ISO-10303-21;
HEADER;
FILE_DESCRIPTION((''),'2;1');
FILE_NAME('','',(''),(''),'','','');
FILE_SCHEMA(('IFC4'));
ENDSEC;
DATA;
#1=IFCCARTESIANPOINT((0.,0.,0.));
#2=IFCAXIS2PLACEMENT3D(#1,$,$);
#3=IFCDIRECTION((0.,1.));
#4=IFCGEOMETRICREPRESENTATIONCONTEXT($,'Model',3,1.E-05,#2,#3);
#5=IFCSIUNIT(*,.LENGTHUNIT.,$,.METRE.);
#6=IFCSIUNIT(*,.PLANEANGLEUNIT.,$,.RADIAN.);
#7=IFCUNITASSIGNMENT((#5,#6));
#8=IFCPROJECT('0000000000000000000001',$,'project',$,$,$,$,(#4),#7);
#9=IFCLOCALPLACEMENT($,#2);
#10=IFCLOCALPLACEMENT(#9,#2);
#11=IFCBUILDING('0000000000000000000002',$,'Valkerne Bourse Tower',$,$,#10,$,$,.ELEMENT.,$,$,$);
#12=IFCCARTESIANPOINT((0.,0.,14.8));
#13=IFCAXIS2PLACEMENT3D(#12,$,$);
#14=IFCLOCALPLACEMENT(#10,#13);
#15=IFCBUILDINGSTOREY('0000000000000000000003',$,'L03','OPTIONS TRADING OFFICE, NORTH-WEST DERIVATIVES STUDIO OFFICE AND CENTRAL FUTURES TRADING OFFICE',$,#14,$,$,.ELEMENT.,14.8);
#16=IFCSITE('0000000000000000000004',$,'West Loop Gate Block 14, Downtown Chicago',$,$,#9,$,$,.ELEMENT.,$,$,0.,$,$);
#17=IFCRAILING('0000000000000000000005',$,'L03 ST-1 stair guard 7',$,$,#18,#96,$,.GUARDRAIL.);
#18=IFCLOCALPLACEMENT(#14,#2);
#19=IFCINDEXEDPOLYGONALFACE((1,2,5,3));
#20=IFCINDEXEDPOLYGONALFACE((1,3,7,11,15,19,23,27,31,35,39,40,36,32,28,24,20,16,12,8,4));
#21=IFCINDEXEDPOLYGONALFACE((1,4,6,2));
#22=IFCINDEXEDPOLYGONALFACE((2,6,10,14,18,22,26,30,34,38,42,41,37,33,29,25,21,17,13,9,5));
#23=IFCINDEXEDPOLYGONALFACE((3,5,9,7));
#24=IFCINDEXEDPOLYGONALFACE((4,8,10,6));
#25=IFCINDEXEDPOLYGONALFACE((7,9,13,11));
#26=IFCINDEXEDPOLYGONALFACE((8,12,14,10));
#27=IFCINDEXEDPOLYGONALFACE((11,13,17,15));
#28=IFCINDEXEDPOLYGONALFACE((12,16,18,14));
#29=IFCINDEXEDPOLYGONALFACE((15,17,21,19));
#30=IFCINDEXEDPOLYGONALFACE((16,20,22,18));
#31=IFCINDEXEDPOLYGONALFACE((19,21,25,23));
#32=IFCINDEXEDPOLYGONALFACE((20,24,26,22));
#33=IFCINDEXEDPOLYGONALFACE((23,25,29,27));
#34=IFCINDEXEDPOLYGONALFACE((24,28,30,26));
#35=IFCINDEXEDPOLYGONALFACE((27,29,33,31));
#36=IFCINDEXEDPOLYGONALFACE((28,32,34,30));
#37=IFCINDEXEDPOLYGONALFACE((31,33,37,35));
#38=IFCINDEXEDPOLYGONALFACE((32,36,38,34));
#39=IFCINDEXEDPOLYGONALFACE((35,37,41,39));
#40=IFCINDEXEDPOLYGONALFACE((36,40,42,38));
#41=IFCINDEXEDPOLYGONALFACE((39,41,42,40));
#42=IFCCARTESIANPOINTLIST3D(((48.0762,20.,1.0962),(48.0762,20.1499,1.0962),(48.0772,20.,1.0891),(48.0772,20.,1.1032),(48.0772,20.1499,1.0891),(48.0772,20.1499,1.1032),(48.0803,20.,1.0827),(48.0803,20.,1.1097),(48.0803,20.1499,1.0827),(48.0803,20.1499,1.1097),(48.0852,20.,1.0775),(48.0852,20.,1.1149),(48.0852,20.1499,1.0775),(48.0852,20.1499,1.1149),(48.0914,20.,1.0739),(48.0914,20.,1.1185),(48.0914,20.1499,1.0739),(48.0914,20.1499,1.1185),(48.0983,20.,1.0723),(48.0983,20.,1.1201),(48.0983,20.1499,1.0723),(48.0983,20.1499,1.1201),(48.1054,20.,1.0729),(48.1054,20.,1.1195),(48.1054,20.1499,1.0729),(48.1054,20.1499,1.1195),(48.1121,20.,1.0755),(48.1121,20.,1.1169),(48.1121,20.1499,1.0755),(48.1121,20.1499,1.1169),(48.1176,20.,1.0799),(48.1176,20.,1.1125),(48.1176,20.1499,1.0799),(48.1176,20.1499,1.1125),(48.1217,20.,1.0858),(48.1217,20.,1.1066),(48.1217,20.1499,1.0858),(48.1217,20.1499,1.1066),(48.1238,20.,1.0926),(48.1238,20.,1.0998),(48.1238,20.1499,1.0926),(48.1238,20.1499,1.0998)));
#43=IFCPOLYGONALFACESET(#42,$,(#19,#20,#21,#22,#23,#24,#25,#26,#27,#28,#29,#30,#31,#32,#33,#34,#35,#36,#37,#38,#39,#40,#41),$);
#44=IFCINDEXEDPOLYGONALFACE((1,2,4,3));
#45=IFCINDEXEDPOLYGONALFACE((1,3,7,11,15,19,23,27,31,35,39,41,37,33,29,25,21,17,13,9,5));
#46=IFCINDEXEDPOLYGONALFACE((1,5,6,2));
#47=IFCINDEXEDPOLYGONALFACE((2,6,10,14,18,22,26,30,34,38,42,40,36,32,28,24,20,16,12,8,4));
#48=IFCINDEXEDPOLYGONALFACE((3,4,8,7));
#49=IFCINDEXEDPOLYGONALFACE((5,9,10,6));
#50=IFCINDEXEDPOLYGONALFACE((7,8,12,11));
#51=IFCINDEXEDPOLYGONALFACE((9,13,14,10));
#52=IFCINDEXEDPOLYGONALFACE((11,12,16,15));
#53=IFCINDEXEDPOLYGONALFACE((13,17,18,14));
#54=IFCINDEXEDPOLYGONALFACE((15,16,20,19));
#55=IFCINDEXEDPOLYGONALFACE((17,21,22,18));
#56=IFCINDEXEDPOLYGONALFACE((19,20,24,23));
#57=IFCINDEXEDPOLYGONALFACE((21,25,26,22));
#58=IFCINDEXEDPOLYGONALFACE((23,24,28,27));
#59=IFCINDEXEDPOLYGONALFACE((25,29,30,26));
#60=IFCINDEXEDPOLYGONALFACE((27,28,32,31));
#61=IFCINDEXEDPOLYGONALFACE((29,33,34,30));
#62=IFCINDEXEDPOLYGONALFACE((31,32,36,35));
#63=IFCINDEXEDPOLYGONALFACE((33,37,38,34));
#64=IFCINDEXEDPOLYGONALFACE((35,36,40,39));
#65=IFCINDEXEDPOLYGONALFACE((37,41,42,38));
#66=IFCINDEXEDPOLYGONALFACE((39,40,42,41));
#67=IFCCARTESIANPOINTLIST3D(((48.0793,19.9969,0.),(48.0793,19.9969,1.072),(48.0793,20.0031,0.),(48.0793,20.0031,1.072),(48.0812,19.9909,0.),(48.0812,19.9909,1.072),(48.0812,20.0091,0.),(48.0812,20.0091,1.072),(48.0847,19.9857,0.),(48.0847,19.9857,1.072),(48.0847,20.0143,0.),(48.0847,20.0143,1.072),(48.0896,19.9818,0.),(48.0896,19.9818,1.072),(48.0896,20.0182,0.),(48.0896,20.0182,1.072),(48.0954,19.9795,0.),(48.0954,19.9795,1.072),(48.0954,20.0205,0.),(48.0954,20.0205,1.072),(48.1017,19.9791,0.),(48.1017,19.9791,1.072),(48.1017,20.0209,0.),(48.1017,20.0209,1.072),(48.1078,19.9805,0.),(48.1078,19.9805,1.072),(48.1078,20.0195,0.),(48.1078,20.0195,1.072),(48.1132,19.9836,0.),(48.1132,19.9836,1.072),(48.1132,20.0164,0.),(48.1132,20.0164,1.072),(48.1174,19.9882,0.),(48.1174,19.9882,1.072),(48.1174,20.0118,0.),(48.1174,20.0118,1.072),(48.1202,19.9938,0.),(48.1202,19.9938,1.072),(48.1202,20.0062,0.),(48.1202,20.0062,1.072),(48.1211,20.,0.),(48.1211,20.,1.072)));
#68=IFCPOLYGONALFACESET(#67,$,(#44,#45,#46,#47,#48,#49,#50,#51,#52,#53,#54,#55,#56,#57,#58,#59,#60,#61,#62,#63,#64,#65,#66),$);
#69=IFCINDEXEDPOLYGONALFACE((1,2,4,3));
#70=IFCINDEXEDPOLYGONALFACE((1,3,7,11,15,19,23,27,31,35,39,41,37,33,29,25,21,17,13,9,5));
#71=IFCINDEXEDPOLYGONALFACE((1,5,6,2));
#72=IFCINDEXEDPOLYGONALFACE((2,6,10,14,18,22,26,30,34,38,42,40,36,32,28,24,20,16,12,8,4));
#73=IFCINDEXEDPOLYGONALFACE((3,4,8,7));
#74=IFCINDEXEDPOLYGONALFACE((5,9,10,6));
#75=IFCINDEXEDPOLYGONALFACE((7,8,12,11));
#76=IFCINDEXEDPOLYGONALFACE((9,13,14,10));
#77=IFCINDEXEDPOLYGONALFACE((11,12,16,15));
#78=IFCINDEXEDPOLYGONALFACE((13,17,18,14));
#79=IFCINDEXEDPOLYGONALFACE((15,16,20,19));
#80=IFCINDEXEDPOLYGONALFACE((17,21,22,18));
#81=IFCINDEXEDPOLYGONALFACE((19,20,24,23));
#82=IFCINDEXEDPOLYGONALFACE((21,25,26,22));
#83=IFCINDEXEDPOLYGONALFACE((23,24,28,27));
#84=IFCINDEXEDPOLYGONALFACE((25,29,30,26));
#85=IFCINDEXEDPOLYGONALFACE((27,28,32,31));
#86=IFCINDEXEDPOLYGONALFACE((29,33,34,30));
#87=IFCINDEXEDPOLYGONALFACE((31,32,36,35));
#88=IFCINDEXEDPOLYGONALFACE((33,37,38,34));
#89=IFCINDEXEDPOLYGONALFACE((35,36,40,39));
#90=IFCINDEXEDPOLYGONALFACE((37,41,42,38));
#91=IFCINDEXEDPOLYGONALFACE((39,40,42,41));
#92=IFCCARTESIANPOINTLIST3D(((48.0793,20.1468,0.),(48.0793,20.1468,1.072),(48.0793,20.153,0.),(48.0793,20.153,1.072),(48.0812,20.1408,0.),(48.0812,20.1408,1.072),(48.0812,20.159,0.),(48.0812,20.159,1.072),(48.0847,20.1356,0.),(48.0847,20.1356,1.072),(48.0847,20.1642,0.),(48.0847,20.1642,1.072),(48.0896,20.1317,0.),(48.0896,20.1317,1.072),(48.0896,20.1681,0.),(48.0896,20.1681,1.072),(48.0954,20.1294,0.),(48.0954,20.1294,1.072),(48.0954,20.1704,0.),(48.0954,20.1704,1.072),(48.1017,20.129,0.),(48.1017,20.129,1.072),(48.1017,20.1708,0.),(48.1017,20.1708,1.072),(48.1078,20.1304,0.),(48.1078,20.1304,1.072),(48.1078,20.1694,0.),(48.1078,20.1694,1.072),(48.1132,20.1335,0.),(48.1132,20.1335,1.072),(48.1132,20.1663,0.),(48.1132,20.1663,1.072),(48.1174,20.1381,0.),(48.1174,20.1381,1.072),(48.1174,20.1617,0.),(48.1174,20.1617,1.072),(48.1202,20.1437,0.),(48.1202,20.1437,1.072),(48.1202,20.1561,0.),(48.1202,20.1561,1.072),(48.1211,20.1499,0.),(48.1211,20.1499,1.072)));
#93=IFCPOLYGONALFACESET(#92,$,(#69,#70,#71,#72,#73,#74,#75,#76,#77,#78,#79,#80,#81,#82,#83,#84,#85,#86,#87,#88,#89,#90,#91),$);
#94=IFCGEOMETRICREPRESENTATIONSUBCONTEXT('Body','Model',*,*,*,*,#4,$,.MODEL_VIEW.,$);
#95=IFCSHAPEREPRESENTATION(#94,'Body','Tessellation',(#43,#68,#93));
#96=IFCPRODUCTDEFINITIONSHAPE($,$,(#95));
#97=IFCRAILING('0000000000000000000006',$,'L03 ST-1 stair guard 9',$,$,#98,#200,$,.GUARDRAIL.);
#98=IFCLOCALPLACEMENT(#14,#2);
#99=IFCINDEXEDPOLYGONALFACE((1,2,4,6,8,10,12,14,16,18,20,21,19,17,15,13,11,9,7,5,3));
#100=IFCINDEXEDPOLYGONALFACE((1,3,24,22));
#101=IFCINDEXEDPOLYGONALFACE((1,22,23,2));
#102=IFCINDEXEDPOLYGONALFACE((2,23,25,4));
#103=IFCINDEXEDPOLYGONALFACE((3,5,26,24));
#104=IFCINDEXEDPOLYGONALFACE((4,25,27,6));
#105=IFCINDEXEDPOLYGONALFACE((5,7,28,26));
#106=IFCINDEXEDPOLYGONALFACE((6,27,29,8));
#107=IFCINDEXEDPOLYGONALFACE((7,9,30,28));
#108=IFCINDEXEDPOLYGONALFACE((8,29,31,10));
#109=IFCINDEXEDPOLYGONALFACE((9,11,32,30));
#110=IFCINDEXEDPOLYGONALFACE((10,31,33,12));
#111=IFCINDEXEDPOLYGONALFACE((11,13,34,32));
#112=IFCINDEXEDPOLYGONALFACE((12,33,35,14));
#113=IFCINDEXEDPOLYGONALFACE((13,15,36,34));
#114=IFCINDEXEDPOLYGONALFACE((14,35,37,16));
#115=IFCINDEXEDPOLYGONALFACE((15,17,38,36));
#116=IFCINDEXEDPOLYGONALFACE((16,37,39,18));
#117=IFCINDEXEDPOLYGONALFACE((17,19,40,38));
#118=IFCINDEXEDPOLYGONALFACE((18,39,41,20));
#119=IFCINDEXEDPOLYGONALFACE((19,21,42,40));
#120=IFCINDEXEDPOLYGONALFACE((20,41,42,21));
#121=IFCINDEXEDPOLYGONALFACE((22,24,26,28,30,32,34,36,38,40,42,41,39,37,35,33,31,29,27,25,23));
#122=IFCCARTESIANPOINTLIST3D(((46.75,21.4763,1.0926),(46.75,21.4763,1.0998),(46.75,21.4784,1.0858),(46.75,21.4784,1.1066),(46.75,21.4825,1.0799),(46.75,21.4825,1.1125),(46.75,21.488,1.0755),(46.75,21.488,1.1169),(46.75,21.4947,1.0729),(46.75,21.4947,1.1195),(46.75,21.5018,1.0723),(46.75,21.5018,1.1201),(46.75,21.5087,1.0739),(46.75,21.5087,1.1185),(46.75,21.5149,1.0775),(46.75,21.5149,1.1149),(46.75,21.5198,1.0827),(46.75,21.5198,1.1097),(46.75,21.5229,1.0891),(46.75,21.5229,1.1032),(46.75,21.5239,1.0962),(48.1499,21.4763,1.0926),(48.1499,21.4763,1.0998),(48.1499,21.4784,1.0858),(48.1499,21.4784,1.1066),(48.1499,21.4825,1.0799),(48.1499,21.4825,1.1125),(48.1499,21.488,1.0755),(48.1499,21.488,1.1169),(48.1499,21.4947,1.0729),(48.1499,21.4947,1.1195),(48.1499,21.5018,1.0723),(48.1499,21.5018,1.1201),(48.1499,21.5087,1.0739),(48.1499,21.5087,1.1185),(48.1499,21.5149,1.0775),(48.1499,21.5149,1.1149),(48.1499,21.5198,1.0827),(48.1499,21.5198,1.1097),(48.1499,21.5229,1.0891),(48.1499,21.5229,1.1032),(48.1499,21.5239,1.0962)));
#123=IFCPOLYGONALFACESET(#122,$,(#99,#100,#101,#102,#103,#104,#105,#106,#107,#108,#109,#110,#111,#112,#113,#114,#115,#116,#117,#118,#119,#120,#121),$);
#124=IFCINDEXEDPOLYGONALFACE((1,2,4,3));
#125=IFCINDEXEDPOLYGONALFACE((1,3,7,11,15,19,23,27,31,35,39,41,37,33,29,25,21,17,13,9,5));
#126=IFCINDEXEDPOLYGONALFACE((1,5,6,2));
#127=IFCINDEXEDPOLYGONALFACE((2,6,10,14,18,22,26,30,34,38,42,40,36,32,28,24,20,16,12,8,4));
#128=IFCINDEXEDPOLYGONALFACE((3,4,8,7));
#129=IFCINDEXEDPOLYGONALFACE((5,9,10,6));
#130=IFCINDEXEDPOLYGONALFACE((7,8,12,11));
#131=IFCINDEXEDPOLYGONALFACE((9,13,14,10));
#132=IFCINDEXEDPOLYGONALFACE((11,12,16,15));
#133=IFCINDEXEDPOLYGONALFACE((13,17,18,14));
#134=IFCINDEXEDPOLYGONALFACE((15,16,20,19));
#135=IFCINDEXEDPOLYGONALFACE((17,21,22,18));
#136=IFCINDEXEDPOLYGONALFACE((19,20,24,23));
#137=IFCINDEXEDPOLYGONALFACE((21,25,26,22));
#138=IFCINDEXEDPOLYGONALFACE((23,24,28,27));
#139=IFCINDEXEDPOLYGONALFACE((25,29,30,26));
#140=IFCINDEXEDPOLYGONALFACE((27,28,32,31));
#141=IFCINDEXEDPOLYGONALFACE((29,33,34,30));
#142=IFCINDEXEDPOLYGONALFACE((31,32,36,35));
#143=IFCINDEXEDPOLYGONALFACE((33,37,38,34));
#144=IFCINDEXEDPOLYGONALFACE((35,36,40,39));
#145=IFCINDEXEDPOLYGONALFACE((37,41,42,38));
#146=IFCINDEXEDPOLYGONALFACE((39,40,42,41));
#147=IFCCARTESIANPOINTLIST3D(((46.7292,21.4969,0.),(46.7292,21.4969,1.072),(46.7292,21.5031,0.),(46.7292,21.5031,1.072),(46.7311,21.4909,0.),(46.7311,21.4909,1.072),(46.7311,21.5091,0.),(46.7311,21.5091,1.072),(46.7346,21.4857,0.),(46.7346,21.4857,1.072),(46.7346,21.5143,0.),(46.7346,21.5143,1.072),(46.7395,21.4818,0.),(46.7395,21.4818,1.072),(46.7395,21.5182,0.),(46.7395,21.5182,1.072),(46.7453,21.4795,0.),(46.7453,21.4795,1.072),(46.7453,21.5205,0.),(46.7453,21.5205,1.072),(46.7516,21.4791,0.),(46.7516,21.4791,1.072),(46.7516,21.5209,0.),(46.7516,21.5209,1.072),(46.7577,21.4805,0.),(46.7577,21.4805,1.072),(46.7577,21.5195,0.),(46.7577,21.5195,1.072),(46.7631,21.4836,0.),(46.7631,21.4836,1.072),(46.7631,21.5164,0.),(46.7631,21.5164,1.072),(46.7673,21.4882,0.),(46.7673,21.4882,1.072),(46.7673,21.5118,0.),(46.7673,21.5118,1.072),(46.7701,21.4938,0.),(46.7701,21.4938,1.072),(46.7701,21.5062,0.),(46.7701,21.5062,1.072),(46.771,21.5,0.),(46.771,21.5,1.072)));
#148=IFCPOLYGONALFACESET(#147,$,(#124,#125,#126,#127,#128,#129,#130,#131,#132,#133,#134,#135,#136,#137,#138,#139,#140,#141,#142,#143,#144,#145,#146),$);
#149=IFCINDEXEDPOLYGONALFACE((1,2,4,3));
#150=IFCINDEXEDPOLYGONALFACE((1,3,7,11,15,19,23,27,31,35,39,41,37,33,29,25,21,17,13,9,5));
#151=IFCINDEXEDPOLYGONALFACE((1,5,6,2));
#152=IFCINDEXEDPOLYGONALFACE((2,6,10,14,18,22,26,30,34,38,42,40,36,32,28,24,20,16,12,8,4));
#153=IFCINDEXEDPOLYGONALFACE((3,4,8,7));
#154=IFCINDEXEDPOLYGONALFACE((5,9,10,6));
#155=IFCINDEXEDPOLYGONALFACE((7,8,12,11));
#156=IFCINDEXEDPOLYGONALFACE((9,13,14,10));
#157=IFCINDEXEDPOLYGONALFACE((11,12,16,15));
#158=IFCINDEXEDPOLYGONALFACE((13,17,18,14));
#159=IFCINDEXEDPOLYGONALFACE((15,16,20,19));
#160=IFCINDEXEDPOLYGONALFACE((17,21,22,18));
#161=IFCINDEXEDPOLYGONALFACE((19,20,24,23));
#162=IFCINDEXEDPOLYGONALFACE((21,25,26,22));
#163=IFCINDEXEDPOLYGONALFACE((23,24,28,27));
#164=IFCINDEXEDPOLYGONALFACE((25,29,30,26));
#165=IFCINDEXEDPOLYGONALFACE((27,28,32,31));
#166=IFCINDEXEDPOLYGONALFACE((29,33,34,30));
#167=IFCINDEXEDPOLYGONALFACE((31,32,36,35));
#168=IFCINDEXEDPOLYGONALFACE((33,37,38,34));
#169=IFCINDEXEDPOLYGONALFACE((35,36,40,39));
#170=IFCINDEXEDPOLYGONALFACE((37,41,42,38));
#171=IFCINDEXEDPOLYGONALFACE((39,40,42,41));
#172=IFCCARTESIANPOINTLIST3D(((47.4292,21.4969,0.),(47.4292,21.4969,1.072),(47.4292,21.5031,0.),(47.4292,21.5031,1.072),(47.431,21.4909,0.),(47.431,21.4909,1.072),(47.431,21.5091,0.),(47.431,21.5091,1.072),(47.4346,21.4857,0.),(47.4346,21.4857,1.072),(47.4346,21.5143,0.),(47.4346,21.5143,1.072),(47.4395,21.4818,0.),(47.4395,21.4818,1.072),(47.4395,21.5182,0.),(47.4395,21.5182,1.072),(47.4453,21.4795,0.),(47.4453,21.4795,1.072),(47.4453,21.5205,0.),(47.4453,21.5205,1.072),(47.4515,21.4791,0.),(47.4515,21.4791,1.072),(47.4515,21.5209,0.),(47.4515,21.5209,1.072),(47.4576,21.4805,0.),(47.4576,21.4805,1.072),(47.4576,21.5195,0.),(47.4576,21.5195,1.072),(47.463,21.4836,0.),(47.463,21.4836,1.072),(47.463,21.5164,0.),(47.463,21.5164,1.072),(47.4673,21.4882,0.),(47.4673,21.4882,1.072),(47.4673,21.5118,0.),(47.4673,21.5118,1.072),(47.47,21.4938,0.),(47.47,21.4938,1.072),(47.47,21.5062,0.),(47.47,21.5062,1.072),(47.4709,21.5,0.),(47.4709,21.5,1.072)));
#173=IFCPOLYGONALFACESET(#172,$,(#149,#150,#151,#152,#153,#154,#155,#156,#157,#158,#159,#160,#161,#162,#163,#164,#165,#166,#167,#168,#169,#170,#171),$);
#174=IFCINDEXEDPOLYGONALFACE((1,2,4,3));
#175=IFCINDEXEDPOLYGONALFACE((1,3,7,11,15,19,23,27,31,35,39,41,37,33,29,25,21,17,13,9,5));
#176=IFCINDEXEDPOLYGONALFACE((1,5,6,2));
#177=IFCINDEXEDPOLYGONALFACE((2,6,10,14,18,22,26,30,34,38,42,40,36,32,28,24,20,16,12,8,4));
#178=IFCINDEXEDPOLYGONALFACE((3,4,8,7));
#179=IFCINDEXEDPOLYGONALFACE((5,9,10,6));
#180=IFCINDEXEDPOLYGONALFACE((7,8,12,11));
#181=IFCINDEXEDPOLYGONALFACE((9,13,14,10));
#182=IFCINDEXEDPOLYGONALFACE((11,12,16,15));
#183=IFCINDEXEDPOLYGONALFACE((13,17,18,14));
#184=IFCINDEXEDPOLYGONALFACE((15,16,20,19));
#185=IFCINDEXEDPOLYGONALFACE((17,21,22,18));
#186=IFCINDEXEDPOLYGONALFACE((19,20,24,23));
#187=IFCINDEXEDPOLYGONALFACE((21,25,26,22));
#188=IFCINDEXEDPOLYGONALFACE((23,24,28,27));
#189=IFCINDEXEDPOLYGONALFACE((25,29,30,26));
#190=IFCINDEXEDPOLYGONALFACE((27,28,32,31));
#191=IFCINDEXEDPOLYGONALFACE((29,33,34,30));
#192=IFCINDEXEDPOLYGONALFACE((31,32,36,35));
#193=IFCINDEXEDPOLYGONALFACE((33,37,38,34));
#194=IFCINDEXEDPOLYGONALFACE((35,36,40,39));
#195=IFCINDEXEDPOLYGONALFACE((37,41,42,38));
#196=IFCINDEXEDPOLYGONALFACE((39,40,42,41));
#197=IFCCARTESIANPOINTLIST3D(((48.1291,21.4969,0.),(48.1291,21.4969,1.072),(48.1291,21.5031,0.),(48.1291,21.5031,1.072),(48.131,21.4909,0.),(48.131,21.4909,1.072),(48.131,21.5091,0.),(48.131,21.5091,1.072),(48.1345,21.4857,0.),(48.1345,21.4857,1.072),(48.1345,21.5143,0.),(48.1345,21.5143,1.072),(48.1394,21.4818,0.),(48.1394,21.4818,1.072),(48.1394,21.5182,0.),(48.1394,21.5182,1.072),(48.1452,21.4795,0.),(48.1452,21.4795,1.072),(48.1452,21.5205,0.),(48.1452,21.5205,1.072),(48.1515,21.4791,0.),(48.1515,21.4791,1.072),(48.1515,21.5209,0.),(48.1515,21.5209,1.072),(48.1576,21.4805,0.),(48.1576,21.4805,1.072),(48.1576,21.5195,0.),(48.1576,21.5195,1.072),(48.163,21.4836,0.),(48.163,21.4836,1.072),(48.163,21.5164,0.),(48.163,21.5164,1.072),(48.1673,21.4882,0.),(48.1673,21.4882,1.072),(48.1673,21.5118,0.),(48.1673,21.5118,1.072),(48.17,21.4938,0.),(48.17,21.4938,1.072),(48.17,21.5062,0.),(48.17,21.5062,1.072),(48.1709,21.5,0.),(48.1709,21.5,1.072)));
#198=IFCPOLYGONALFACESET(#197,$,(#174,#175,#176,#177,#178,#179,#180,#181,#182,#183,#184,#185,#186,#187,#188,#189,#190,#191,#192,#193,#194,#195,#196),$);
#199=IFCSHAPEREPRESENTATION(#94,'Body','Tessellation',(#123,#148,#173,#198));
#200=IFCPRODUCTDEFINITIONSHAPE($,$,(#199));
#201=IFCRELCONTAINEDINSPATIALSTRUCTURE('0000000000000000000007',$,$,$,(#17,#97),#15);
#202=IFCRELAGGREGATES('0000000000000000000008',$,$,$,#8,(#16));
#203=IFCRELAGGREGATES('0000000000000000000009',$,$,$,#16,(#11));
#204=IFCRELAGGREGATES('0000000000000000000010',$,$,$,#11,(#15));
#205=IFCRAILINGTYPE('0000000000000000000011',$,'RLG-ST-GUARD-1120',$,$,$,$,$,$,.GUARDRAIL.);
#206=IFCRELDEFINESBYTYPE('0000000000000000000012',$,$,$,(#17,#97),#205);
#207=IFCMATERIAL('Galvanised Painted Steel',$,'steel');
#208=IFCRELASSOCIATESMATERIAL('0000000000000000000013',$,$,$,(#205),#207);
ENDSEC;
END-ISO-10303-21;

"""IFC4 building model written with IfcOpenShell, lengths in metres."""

from ifc_helpers import new_model, si_unit, direction, frame, origin, origin_2d, place, context, subcontext, project, spatial, circle, extrude, material, type_object, element, save


model = new_model("IFC4")

# Units and contexts
model_context = context("Model", 3, precision=1e-05, world=origin(), true_north=direction((0.0, 1.0)))
body_context = subcontext(model_context, "Body", "Model", "MODEL_VIEW")
ifc_project = project(units=[si_unit("LENGTHUNIT", "METRE"), si_unit("PLANEANGLEUNIT", "RADIAN")], contexts=[model_context])

# Site, building, storey
site_placement = place(None, origin())
site = spatial("IfcSite", under=ifc_project, at=site_placement, Name="West Loop Gate Block 14, Downtown Chicago", CompositionType="ELEMENT", RefElevation=0.0)
building_placement = place(site_placement, origin())
building = spatial("IfcBuilding", under=site, at=building_placement, Name="Valkerne Bourse Tower", CompositionType="ELEMENT")
storey_placement = place(building_placement, frame((0.0, 0.0, 14.8)))
storey = spatial("IfcBuildingStorey", under=building, at=storey_placement, Name="L03", Description="OPTIONS TRADING OFFICE, NORTH-WEST DERIVATIVES STUDIO OFFICE AND CENTRAL FUTURES TRADING OFFICE", CompositionType="ELEMENT", Elevation=14.8)

# Shared definitions
ifc_material_1 = material(Name="Galvanised Painted Steel", Category="steel")

# Railings
railing_type_1 = type_object("IfcRailingType", Name="RLG-ST-GUARD-1120", PredefinedType="GUARDRAIL", material=ifc_material_1)
railing_1_placement = place(storey_placement, frame((48.1001, 20.0, 0.0)))
element("IfcRailing", 1, at=railing_1_placement, inside=storey, type_object=railing_type_1, Name="L03 ST-1 stair guard 7", PredefinedType="GUARDRAIL", context=body_context, shape_type="SweptSolid", body=[
    extrude(circle(Radius=0.0239, at=origin_2d()), frame((0.0, 0.0, 1.0962), z_axis=(0.0, 1.0, 0.0), x_axis=(-1.0, 0.0, 0.0)), (0.0, 0.0, 1.0), 0.1499),
    extrude(circle(Radius=0.021, at=origin_2d()), origin(), (0.0, 0.0, 1.0), 1.072),
    extrude(circle(Radius=0.021, at=origin_2d()), frame((0.0, 0.1499, 0.0)), (0.0, 0.0, 1.0), 1.072),
])
railing_2_placement = place(storey_placement, frame((46.75, 21.5, 0.0)))
element("IfcRailing", 2, at=railing_2_placement, inside=storey, type_object=railing_type_1, Name="L03 ST-1 stair guard 9", PredefinedType="GUARDRAIL", context=body_context, shape_type="SweptSolid", body=[
    extrude(circle(Radius=0.0239, at=origin_2d()), frame((0.0, 0.0, 1.0962), z_axis=(1.0, 0.0, 0.0), x_axis=(0.0, 1.0, 0.0)), (0.0, 0.0, 1.0), 1.3999),
    extrude(circle(Radius=0.021, at=origin_2d()), origin(), (0.0, 0.0, 1.0), 1.072),
    extrude(circle(Radius=0.021, at=origin_2d()), frame((0.7, 0.0, 0.0)), (0.0, 0.0, 1.0), 1.072),
    extrude(circle(Radius=0.021, at=origin_2d()), frame((1.3999, 0.0, 0.0)), (0.0, 0.0, 1.0), 1.072),
])

save(model, "model.ifc")
